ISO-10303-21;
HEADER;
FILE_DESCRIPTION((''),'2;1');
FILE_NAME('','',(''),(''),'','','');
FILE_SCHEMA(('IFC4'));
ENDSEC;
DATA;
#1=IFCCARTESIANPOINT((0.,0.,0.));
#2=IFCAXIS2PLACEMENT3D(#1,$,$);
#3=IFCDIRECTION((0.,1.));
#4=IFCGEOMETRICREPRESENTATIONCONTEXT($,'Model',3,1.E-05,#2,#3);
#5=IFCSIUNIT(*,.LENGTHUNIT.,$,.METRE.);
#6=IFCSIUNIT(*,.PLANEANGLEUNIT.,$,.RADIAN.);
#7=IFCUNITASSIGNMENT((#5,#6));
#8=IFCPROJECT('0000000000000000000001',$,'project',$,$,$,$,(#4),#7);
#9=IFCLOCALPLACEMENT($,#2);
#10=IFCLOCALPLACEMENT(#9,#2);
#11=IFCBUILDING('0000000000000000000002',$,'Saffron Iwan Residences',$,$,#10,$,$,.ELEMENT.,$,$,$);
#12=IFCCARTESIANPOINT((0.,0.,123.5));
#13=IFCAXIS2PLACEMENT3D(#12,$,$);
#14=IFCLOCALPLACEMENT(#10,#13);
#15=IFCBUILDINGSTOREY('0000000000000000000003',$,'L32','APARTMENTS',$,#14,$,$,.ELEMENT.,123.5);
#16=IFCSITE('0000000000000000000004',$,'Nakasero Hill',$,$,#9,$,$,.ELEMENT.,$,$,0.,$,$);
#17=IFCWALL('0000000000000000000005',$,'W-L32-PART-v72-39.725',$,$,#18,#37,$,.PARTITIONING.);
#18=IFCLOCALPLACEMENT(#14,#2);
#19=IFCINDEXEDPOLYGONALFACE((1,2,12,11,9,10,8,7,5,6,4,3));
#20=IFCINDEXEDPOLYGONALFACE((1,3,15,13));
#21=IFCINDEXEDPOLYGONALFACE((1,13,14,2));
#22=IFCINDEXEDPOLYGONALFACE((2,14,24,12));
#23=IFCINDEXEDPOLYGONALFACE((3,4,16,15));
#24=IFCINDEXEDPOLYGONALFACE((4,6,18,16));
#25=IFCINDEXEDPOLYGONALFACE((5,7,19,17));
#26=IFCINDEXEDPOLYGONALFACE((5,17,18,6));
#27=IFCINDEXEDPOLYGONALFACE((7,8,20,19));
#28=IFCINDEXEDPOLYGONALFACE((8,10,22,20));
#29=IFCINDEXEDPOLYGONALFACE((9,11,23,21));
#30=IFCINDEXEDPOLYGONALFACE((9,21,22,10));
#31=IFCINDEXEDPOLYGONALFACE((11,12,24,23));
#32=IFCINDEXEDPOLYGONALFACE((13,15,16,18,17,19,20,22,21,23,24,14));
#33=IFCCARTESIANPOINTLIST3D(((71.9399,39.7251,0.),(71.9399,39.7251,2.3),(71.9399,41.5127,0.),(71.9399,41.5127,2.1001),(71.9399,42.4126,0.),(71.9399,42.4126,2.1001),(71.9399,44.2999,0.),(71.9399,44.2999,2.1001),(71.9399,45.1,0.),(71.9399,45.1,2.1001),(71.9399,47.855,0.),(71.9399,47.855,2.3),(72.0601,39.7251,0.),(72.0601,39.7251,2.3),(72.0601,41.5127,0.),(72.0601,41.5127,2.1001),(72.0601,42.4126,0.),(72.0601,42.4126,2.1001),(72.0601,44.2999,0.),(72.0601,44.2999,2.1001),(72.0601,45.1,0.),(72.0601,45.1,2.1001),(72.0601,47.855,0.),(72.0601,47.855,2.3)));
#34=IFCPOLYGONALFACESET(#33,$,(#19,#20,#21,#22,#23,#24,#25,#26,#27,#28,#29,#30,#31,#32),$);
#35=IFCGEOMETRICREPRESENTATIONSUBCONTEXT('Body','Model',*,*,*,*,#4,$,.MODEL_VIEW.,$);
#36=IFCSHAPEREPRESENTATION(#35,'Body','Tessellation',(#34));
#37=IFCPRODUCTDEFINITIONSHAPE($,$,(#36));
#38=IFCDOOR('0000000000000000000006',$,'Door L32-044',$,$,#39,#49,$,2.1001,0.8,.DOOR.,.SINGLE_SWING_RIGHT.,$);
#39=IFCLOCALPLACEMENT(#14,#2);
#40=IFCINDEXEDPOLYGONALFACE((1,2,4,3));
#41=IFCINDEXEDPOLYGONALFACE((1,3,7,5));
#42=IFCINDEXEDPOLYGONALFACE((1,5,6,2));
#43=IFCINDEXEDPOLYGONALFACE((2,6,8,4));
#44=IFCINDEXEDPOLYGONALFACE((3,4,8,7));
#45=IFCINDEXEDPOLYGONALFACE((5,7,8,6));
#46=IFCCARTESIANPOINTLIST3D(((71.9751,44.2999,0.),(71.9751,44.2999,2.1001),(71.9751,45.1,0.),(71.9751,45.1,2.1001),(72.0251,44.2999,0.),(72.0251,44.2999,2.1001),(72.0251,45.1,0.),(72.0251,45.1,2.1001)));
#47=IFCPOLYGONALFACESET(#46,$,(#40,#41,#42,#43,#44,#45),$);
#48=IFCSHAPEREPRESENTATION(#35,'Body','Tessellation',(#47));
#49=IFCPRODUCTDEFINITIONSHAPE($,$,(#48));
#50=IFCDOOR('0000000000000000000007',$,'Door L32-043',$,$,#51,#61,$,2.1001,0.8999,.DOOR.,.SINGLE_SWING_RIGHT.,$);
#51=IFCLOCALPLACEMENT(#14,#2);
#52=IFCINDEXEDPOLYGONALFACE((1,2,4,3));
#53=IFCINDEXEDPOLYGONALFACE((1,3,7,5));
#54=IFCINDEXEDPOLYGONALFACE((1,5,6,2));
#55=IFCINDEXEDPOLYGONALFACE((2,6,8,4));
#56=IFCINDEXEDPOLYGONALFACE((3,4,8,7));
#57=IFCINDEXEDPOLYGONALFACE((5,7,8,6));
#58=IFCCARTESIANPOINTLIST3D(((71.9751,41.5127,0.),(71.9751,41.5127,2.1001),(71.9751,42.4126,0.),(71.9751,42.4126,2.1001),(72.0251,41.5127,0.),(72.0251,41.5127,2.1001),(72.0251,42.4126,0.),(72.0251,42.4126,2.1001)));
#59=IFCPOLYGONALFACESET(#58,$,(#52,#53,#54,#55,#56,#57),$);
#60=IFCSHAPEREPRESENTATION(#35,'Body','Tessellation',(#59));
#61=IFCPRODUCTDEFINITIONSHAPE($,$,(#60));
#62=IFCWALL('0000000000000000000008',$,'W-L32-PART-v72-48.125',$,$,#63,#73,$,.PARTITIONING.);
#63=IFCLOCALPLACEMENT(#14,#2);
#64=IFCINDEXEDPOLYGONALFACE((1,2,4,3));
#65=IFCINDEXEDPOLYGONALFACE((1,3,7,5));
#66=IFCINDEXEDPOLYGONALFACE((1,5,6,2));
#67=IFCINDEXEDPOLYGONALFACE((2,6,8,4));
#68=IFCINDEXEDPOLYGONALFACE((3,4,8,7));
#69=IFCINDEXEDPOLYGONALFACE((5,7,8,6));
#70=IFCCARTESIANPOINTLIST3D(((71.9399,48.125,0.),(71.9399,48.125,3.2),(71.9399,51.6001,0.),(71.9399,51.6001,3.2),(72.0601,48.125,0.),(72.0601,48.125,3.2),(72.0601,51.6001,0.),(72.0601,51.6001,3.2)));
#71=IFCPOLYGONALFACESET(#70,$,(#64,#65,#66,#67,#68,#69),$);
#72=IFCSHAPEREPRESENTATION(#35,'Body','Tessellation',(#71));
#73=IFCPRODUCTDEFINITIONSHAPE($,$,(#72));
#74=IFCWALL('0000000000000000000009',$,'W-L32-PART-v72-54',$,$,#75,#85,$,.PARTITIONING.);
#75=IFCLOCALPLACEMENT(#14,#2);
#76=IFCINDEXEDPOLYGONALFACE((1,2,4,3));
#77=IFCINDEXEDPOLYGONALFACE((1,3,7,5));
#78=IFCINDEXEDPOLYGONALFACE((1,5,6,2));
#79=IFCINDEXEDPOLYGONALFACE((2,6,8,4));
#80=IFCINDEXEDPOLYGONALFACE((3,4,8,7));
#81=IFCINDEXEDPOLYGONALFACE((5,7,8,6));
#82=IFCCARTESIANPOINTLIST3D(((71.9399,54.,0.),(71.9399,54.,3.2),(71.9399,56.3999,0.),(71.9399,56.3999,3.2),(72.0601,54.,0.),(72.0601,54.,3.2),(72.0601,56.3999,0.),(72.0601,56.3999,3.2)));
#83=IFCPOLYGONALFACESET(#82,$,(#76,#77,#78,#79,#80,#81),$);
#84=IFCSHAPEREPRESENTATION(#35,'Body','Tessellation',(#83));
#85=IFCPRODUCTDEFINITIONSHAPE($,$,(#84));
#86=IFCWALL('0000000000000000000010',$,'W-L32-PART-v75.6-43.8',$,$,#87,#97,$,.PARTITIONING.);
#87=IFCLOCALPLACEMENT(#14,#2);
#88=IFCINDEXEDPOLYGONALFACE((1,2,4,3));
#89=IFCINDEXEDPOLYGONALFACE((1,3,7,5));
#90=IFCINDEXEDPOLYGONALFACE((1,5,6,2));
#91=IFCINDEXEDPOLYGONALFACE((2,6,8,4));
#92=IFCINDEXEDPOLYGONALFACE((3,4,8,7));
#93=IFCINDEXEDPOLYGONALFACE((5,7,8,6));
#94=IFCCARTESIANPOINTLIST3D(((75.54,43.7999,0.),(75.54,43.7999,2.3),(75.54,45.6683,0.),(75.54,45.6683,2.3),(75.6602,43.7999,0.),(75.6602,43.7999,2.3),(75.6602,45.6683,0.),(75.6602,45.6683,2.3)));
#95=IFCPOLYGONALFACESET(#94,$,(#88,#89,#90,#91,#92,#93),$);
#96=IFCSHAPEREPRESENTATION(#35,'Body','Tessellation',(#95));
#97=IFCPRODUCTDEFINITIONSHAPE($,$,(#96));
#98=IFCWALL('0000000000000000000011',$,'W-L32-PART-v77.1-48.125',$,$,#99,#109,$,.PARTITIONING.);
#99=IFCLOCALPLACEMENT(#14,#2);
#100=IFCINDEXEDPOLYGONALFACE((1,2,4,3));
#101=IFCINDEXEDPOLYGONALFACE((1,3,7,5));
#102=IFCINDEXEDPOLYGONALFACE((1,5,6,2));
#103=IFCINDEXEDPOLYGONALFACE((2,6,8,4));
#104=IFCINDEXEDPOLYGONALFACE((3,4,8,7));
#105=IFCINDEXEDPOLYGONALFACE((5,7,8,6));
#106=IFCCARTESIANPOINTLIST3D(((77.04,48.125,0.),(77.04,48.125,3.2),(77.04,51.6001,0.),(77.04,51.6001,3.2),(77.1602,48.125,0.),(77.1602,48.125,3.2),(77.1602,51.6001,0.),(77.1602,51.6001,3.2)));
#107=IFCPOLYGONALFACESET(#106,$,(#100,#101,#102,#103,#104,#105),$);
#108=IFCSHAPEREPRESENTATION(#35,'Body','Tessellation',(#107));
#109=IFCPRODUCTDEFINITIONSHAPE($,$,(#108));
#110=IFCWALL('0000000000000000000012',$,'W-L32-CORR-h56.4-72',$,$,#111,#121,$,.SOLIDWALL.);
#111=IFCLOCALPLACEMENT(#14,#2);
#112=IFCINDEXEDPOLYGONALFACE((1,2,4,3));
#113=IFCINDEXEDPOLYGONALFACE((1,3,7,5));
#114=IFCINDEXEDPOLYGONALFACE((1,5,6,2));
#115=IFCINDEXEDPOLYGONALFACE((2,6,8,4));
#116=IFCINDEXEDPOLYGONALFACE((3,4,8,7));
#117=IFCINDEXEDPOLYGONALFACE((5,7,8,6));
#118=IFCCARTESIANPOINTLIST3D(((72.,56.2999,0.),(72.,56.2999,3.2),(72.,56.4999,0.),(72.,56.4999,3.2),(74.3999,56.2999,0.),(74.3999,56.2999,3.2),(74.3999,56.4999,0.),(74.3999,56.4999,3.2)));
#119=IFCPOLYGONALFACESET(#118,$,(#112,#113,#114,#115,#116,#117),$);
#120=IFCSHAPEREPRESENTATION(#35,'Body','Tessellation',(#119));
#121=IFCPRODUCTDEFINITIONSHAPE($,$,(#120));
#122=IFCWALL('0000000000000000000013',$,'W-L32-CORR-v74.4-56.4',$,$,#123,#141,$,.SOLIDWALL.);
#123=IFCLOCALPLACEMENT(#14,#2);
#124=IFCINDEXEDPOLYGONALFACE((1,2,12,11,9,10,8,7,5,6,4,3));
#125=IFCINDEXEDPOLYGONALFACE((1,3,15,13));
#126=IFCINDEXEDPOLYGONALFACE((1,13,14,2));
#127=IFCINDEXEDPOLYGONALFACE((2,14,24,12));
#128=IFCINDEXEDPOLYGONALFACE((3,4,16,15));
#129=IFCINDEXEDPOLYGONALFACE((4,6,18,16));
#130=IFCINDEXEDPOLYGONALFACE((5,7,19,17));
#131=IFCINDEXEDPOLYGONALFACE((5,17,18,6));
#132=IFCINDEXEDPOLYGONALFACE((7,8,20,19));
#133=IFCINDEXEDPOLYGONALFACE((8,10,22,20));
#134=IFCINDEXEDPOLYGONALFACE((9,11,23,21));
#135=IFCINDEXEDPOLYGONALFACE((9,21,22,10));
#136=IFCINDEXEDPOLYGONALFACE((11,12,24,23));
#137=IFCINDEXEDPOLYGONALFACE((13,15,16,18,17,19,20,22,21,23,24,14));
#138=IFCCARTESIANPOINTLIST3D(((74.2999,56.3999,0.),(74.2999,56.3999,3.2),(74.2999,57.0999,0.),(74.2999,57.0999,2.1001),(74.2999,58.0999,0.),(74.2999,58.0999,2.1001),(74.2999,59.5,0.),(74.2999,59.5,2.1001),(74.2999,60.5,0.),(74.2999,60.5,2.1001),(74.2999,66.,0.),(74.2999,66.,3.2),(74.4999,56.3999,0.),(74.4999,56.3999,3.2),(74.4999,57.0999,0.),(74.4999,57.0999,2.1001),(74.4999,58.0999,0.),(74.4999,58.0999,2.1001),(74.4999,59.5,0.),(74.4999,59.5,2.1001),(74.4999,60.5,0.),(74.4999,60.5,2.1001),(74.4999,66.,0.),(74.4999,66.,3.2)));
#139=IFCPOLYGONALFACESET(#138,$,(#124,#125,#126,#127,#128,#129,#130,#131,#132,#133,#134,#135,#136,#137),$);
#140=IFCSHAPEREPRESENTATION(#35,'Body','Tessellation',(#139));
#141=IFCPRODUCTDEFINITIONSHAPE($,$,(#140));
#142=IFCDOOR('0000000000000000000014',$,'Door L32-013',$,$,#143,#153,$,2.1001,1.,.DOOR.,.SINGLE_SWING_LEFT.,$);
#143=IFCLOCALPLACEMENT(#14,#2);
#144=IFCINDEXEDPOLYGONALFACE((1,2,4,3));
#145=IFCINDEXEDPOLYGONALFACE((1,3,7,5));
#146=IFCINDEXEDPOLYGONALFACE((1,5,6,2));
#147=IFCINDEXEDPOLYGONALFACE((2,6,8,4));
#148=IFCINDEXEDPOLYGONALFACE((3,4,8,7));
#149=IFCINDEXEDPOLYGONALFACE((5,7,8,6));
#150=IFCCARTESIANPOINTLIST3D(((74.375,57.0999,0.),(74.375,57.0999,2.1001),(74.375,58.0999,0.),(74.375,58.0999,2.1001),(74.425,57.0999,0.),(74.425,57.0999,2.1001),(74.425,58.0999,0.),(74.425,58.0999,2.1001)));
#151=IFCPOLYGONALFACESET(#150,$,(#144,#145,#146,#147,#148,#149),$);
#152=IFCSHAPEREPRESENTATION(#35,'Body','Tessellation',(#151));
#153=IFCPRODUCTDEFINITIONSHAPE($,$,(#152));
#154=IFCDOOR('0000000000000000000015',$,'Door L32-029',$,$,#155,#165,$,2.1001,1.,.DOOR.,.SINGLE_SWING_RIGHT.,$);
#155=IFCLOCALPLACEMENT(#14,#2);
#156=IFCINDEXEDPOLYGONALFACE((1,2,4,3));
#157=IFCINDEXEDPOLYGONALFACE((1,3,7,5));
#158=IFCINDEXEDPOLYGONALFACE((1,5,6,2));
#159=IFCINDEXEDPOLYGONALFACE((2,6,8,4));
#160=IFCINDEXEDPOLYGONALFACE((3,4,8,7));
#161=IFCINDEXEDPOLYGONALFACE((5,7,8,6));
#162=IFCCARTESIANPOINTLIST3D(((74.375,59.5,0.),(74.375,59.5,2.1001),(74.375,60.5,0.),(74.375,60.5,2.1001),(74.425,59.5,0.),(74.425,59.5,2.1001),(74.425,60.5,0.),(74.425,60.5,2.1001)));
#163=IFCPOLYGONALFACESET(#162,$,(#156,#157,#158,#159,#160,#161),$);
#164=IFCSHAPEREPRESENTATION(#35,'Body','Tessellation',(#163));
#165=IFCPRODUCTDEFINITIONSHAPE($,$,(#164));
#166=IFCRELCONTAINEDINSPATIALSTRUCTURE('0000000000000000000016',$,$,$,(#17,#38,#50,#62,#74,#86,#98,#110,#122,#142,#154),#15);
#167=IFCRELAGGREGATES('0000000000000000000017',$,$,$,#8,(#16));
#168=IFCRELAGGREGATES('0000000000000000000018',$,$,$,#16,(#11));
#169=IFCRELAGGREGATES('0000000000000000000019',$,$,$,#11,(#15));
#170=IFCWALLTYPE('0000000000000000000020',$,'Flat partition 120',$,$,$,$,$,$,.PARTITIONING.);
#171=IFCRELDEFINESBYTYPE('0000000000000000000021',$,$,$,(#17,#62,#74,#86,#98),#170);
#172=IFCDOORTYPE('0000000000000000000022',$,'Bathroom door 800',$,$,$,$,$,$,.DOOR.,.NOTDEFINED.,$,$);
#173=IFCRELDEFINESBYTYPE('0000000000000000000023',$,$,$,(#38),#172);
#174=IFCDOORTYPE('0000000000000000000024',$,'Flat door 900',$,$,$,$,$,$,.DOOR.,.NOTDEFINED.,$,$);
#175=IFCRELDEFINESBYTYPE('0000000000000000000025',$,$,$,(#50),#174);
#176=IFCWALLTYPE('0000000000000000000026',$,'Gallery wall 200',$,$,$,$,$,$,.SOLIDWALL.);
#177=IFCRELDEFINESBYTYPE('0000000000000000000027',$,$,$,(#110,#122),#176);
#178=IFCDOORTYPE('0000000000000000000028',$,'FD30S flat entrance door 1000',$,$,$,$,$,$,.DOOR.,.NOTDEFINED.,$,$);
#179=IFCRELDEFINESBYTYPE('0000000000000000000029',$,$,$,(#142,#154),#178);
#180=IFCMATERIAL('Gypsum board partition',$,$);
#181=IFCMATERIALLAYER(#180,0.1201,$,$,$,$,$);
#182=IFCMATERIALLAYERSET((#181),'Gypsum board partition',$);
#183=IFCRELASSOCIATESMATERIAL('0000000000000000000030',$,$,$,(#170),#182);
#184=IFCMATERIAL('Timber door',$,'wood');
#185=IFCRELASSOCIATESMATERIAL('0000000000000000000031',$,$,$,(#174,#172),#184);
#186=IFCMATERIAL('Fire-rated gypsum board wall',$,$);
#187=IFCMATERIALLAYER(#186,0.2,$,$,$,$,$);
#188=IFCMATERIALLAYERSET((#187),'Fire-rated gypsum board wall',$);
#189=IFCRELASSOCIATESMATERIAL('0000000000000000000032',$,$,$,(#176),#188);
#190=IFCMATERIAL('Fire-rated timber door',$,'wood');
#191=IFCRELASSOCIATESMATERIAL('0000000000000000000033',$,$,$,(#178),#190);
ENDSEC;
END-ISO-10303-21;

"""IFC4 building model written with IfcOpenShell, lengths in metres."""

from ifc_helpers import new_model, si_unit, direction, frame, frame_2d, origin, place, context, subcontext, project, spatial, rectangle, extrude, material, layer, layer_set, type_object, element, fill, save


model = new_model("IFC4")

# Units and contexts
model_context = context("Model", 3, precision=1e-05, world=origin(), true_north=direction((0.0, 1.0)))
body_context = subcontext(model_context, "Body", "Model", "MODEL_VIEW")
ifc_project = project(units=[si_unit("LENGTHUNIT", "METRE"), si_unit("PLANEANGLEUNIT", "RADIAN")], contexts=[model_context])

# Site, building, storey
site_placement = place(None, origin())
site = spatial("IfcSite", under=ifc_project, at=site_placement, Name="Nakasero Hill", CompositionType="ELEMENT", RefElevation=0.0)
building_placement = place(site_placement, origin())
building = spatial("IfcBuilding", under=site, at=building_placement, Name="Saffron Iwan Residences", CompositionType="ELEMENT")
storey_placement = place(building_placement, frame((0.0, 0.0, 123.5)))
storey = spatial("IfcBuildingStorey", under=building, at=storey_placement, Name="L32", Description="APARTMENTS", CompositionType="ELEMENT", Elevation=123.5)

# Shared definitions
ifc_material_1 = material(Name="Fire-rated gypsum board wall")

# Shared definitions
ifc_material_2 = material(Name="Gypsum board partition")
ifc_layer_1 = layer(ifc_material_2, 0.1201)
ifc_layer_set_1 = layer_set([ifc_layer_1], Name="Gypsum board partition")
wall_type_1 = type_object("IfcWallType", Name="Flat partition 120", PredefinedType="PARTITIONING", material=ifc_layer_set_1)
ifc_material_3 = material(Name="Timber door", Category="wood")
door_type_1 = type_object("IfcDoorType", Name="Flat door 900", OperationType="NOTDEFINED", PredefinedType="DOOR", material=ifc_material_3)

# Shared definitions
door_type_2 = type_object("IfcDoorType", Name="Bathroom door 800", OperationType="NOTDEFINED", PredefinedType="DOOR", material=ifc_material_3)

# Wall, openings, doors
wall_1_placement = place(storey_placement, frame((72.0, 39.7251, 0.0), z_axis=(0.0, 0.0, 1.0), x_axis=(0.0, 1.0, 0.0)))
wall_1 = element("IfcWall", 1, at=wall_1_placement, inside=storey, type_object=wall_type_1, Name="W-L32-PART-v72-39.725", PredefinedType="PARTITIONING", context=body_context, shape_type="SweptSolid", body=[
    extrude(rectangle(XDim=8.1299, YDim=0.1201, at=frame_2d((4.0649, 0.0))), origin(), (0.0, 0.0, 1.0), 2.3),
])
opening_1_placement = place(wall_1_placement, frame((1.7876, 0.0, 0.0)))
opening_1 = element("IfcOpeningElement", 2, at=opening_1_placement, cuts=wall_1, PredefinedType="OPENING", context=body_context, shape_type="SweptSolid", body=[
    extrude(rectangle(XDim=0.8999, YDim=2.1001, at=frame_2d((0.45, 1.05))), frame((0.0, 0.0701, 0.0), z_axis=(0.0, -1.0, 0.0), x_axis=(1.0, 0.0, 0.0)), (0.0, 0.0, 1.0), 0.1401),
])
opening_2_placement = place(wall_1_placement, frame((4.575, 0.0, 0.0)))
opening_2 = element("IfcOpeningElement", 3, at=opening_2_placement, cuts=wall_1, PredefinedType="OPENING", context=body_context, shape_type="SweptSolid", body=[
    extrude(rectangle(XDim=0.8, YDim=2.1001, at=frame_2d((0.3999, 1.05))), frame((0.0, 0.0701, 0.0), z_axis=(0.0, -1.0, 0.0), x_axis=(1.0, 0.0, 0.0)), (0.0, 0.0, 1.0), 0.1401),
])
door_1_placement = place(opening_2_placement, origin())
door_1 = element("IfcDoor", 4, at=door_1_placement, inside=storey, type_object=door_type_2, Name="Door L32-044", OperationType="SINGLE_SWING_RIGHT", OverallHeight=2.1001, OverallWidth=0.8, PredefinedType="DOOR", context=body_context, shape_type="SweptSolid", body=[
    extrude(rectangle(XDim=0.8, YDim=2.1001, at=frame_2d((0.3999, 1.05))), frame((0.0, 0.0249, 0.0), z_axis=(0.0, -1.0, 0.0), x_axis=(1.0, 0.0, 0.0)), (0.0, 0.0, 1.0), 0.05),
])
fill(opening_2, door_1)
door_2_placement = place(opening_1_placement, origin())
door_2 = element("IfcDoor", 5, at=door_2_placement, inside=storey, type_object=door_type_1, Name="Door L32-043", OperationType="SINGLE_SWING_RIGHT", OverallHeight=2.1001, OverallWidth=0.8999, PredefinedType="DOOR", context=body_context, shape_type="SweptSolid", body=[
    extrude(rectangle(XDim=0.8999, YDim=2.1001, at=frame_2d((0.45, 1.05))), frame((0.0, 0.0249, 0.0), z_axis=(0.0, -1.0, 0.0), x_axis=(1.0, 0.0, 0.0)), (0.0, 0.0, 1.0), 0.05),
])
fill(opening_1, door_2)

# Walls
wall_2_placement = place(storey_placement, frame((72.0, 48.125, 0.0), z_axis=(0.0, 0.0, 1.0), x_axis=(0.0, 1.0, 0.0)))
element("IfcWall", 6, at=wall_2_placement, inside=storey, type_object=wall_type_1, Name="W-L32-PART-v72-48.125", PredefinedType="PARTITIONING", context=body_context, shape_type="SweptSolid", body=[
    extrude(rectangle(XDim=3.4751, YDim=0.1201, at=frame_2d((1.7375, 0.0))), origin(), (0.0, 0.0, 1.0), 3.2),
])
wall_3_placement = place(storey_placement, frame((72.0, 54.0, 0.0), z_axis=(0.0, 0.0, 1.0), x_axis=(0.0, 1.0, 0.0)))
element("IfcWall", 7, at=wall_3_placement, inside=storey, type_object=wall_type_1, Name="W-L32-PART-v72-54", PredefinedType="PARTITIONING", context=body_context, shape_type="SweptSolid", body=[
    extrude(rectangle(XDim=2.3999, YDim=0.1201, at=frame_2d((1.2, 0.0))), origin(), (0.0, 0.0, 1.0), 3.2),
])
wall_4_placement = place(storey_placement, frame((75.6001, 43.8, 0.0), z_axis=(0.0, 0.0, 1.0), x_axis=(0.0, 1.0, 0.0)))
element("IfcWall", 8, at=wall_4_placement, inside=storey, type_object=wall_type_1, Name="W-L32-PART-v75.6-43.8", PredefinedType="PARTITIONING", context=body_context, shape_type="SweptSolid", body=[
    extrude(rectangle(XDim=1.8684, YDim=0.1201, at=frame_2d((0.9341, 0.0))), origin(), (0.0, 0.0, 1.0), 2.3),
])
wall_5_placement = place(storey_placement, frame((77.1001, 48.125, 0.0), z_axis=(0.0, 0.0, 1.0), x_axis=(0.0, 1.0, 0.0)))
element("IfcWall", 9, at=wall_5_placement, inside=storey, type_object=wall_type_1, Name="W-L32-PART-v77.1-48.125", PredefinedType="PARTITIONING", context=body_context, shape_type="SweptSolid", body=[
    extrude(rectangle(XDim=3.4751, YDim=0.1201, at=frame_2d((1.7375, 0.0))), origin(), (0.0, 0.0, 1.0), 3.2),
])
ifc_layer_2 = layer(ifc_material_1, 0.2)
ifc_layer_set_2 = layer_set([ifc_layer_2], Name="Fire-rated gypsum board wall")
wall_type_2 = type_object("IfcWallType", Name="Gallery wall 200", PredefinedType="SOLIDWALL", material=ifc_layer_set_2)
wall_6_placement = place(storey_placement, frame((72.0, 56.3999, 0.0), z_axis=(0.0, 0.0, 1.0), x_axis=(1.0, 0.0, 0.0)))
element("IfcWall", 10, at=wall_6_placement, inside=storey, type_object=wall_type_2, Name="W-L32-CORR-h56.4-72", PredefinedType="SOLIDWALL", context=body_context, shape_type="SweptSolid", body=[
    extrude(rectangle(XDim=2.3999, YDim=0.2, at=frame_2d((1.2, 0.0))), origin(), (0.0, 0.0, 1.0), 3.2),
])

# Wall, openings, doors
wall_7_placement = place(storey_placement, frame((74.3999, 56.3999, 0.0), z_axis=(0.0, 0.0, 1.0), x_axis=(0.0, 1.0, 0.0)))
wall_7 = element("IfcWall", 11, at=wall_7_placement, inside=storey, type_object=wall_type_2, Name="W-L32-CORR-v74.4-56.4", PredefinedType="SOLIDWALL", context=body_context, shape_type="SweptSolid", body=[
    extrude(rectangle(XDim=9.6001, YDim=0.2, at=frame_2d((4.8, 0.0))), origin(), (0.0, 0.0, 1.0), 3.2),
])
opening_3_placement = place(wall_7_placement, frame((0.7, 0.0, 0.0)))
opening_3 = element("IfcOpeningElement", 12, at=opening_3_placement, cuts=wall_7, PredefinedType="OPENING", context=body_context, shape_type="SweptSolid", body=[
    extrude(rectangle(XDim=1.0, YDim=2.1001, at=frame_2d((0.5, 1.05))), frame((0.0, 0.1099, 0.0), z_axis=(0.0, -1.0, 0.0), x_axis=(1.0, 0.0, 0.0)), (0.0, 0.0, 1.0), 0.22),
])
opening_4_placement = place(wall_7_placement, frame((3.1001, 0.0, 0.0)))
opening_4 = element("IfcOpeningElement", 13, at=opening_4_placement, cuts=wall_7, PredefinedType="OPENING", context=body_context, shape_type="SweptSolid", body=[
    extrude(rectangle(XDim=1.0, YDim=2.1001, at=frame_2d((0.5, 1.05))), frame((0.0, 0.1099, 0.0), z_axis=(0.0, -1.0, 0.0), x_axis=(1.0, 0.0, 0.0)), (0.0, 0.0, 1.0), 0.22),
])
ifc_material_4 = material(Name="Fire-rated timber door", Category="wood")
door_type_3 = type_object("IfcDoorType", Name="FD30S flat entrance door 1000", OperationType="NOTDEFINED", PredefinedType="DOOR", material=ifc_material_4)
door_3_placement = place(opening_3_placement, origin())
door_3 = element("IfcDoor", 14, at=door_3_placement, inside=storey, type_object=door_type_3, Name="Door L32-013", OperationType="SINGLE_SWING_LEFT", OverallHeight=2.1001, OverallWidth=1.0, PredefinedType="DOOR", context=body_context, shape_type="SweptSolid", body=[
    extrude(rectangle(XDim=1.0, YDim=2.1001, at=frame_2d((0.5, 1.05))), frame((0.0, 0.0249, 0.0), z_axis=(0.0, -1.0, 0.0), x_axis=(1.0, 0.0, 0.0)), (0.0, 0.0, 1.0), 0.05),
])
fill(opening_3, door_3)
door_4_placement = place(opening_4_placement, origin())
door_4 = element("IfcDoor", 15, at=door_4_placement, inside=storey, type_object=door_type_3, Name="Door L32-029", OperationType="SINGLE_SWING_RIGHT", OverallHeight=2.1001, OverallWidth=1.0, PredefinedType="DOOR", context=body_context, shape_type="SweptSolid", body=[
    extrude(rectangle(XDim=1.0, YDim=2.1001, at=frame_2d((0.5, 1.05))), frame((0.0, 0.0249, 0.0), z_axis=(0.0, -1.0, 0.0), x_axis=(1.0, 0.0, 0.0)), (0.0, 0.0, 1.0), 0.05),
])
fill(opening_4, door_4)

save(model, "model.ifc")
